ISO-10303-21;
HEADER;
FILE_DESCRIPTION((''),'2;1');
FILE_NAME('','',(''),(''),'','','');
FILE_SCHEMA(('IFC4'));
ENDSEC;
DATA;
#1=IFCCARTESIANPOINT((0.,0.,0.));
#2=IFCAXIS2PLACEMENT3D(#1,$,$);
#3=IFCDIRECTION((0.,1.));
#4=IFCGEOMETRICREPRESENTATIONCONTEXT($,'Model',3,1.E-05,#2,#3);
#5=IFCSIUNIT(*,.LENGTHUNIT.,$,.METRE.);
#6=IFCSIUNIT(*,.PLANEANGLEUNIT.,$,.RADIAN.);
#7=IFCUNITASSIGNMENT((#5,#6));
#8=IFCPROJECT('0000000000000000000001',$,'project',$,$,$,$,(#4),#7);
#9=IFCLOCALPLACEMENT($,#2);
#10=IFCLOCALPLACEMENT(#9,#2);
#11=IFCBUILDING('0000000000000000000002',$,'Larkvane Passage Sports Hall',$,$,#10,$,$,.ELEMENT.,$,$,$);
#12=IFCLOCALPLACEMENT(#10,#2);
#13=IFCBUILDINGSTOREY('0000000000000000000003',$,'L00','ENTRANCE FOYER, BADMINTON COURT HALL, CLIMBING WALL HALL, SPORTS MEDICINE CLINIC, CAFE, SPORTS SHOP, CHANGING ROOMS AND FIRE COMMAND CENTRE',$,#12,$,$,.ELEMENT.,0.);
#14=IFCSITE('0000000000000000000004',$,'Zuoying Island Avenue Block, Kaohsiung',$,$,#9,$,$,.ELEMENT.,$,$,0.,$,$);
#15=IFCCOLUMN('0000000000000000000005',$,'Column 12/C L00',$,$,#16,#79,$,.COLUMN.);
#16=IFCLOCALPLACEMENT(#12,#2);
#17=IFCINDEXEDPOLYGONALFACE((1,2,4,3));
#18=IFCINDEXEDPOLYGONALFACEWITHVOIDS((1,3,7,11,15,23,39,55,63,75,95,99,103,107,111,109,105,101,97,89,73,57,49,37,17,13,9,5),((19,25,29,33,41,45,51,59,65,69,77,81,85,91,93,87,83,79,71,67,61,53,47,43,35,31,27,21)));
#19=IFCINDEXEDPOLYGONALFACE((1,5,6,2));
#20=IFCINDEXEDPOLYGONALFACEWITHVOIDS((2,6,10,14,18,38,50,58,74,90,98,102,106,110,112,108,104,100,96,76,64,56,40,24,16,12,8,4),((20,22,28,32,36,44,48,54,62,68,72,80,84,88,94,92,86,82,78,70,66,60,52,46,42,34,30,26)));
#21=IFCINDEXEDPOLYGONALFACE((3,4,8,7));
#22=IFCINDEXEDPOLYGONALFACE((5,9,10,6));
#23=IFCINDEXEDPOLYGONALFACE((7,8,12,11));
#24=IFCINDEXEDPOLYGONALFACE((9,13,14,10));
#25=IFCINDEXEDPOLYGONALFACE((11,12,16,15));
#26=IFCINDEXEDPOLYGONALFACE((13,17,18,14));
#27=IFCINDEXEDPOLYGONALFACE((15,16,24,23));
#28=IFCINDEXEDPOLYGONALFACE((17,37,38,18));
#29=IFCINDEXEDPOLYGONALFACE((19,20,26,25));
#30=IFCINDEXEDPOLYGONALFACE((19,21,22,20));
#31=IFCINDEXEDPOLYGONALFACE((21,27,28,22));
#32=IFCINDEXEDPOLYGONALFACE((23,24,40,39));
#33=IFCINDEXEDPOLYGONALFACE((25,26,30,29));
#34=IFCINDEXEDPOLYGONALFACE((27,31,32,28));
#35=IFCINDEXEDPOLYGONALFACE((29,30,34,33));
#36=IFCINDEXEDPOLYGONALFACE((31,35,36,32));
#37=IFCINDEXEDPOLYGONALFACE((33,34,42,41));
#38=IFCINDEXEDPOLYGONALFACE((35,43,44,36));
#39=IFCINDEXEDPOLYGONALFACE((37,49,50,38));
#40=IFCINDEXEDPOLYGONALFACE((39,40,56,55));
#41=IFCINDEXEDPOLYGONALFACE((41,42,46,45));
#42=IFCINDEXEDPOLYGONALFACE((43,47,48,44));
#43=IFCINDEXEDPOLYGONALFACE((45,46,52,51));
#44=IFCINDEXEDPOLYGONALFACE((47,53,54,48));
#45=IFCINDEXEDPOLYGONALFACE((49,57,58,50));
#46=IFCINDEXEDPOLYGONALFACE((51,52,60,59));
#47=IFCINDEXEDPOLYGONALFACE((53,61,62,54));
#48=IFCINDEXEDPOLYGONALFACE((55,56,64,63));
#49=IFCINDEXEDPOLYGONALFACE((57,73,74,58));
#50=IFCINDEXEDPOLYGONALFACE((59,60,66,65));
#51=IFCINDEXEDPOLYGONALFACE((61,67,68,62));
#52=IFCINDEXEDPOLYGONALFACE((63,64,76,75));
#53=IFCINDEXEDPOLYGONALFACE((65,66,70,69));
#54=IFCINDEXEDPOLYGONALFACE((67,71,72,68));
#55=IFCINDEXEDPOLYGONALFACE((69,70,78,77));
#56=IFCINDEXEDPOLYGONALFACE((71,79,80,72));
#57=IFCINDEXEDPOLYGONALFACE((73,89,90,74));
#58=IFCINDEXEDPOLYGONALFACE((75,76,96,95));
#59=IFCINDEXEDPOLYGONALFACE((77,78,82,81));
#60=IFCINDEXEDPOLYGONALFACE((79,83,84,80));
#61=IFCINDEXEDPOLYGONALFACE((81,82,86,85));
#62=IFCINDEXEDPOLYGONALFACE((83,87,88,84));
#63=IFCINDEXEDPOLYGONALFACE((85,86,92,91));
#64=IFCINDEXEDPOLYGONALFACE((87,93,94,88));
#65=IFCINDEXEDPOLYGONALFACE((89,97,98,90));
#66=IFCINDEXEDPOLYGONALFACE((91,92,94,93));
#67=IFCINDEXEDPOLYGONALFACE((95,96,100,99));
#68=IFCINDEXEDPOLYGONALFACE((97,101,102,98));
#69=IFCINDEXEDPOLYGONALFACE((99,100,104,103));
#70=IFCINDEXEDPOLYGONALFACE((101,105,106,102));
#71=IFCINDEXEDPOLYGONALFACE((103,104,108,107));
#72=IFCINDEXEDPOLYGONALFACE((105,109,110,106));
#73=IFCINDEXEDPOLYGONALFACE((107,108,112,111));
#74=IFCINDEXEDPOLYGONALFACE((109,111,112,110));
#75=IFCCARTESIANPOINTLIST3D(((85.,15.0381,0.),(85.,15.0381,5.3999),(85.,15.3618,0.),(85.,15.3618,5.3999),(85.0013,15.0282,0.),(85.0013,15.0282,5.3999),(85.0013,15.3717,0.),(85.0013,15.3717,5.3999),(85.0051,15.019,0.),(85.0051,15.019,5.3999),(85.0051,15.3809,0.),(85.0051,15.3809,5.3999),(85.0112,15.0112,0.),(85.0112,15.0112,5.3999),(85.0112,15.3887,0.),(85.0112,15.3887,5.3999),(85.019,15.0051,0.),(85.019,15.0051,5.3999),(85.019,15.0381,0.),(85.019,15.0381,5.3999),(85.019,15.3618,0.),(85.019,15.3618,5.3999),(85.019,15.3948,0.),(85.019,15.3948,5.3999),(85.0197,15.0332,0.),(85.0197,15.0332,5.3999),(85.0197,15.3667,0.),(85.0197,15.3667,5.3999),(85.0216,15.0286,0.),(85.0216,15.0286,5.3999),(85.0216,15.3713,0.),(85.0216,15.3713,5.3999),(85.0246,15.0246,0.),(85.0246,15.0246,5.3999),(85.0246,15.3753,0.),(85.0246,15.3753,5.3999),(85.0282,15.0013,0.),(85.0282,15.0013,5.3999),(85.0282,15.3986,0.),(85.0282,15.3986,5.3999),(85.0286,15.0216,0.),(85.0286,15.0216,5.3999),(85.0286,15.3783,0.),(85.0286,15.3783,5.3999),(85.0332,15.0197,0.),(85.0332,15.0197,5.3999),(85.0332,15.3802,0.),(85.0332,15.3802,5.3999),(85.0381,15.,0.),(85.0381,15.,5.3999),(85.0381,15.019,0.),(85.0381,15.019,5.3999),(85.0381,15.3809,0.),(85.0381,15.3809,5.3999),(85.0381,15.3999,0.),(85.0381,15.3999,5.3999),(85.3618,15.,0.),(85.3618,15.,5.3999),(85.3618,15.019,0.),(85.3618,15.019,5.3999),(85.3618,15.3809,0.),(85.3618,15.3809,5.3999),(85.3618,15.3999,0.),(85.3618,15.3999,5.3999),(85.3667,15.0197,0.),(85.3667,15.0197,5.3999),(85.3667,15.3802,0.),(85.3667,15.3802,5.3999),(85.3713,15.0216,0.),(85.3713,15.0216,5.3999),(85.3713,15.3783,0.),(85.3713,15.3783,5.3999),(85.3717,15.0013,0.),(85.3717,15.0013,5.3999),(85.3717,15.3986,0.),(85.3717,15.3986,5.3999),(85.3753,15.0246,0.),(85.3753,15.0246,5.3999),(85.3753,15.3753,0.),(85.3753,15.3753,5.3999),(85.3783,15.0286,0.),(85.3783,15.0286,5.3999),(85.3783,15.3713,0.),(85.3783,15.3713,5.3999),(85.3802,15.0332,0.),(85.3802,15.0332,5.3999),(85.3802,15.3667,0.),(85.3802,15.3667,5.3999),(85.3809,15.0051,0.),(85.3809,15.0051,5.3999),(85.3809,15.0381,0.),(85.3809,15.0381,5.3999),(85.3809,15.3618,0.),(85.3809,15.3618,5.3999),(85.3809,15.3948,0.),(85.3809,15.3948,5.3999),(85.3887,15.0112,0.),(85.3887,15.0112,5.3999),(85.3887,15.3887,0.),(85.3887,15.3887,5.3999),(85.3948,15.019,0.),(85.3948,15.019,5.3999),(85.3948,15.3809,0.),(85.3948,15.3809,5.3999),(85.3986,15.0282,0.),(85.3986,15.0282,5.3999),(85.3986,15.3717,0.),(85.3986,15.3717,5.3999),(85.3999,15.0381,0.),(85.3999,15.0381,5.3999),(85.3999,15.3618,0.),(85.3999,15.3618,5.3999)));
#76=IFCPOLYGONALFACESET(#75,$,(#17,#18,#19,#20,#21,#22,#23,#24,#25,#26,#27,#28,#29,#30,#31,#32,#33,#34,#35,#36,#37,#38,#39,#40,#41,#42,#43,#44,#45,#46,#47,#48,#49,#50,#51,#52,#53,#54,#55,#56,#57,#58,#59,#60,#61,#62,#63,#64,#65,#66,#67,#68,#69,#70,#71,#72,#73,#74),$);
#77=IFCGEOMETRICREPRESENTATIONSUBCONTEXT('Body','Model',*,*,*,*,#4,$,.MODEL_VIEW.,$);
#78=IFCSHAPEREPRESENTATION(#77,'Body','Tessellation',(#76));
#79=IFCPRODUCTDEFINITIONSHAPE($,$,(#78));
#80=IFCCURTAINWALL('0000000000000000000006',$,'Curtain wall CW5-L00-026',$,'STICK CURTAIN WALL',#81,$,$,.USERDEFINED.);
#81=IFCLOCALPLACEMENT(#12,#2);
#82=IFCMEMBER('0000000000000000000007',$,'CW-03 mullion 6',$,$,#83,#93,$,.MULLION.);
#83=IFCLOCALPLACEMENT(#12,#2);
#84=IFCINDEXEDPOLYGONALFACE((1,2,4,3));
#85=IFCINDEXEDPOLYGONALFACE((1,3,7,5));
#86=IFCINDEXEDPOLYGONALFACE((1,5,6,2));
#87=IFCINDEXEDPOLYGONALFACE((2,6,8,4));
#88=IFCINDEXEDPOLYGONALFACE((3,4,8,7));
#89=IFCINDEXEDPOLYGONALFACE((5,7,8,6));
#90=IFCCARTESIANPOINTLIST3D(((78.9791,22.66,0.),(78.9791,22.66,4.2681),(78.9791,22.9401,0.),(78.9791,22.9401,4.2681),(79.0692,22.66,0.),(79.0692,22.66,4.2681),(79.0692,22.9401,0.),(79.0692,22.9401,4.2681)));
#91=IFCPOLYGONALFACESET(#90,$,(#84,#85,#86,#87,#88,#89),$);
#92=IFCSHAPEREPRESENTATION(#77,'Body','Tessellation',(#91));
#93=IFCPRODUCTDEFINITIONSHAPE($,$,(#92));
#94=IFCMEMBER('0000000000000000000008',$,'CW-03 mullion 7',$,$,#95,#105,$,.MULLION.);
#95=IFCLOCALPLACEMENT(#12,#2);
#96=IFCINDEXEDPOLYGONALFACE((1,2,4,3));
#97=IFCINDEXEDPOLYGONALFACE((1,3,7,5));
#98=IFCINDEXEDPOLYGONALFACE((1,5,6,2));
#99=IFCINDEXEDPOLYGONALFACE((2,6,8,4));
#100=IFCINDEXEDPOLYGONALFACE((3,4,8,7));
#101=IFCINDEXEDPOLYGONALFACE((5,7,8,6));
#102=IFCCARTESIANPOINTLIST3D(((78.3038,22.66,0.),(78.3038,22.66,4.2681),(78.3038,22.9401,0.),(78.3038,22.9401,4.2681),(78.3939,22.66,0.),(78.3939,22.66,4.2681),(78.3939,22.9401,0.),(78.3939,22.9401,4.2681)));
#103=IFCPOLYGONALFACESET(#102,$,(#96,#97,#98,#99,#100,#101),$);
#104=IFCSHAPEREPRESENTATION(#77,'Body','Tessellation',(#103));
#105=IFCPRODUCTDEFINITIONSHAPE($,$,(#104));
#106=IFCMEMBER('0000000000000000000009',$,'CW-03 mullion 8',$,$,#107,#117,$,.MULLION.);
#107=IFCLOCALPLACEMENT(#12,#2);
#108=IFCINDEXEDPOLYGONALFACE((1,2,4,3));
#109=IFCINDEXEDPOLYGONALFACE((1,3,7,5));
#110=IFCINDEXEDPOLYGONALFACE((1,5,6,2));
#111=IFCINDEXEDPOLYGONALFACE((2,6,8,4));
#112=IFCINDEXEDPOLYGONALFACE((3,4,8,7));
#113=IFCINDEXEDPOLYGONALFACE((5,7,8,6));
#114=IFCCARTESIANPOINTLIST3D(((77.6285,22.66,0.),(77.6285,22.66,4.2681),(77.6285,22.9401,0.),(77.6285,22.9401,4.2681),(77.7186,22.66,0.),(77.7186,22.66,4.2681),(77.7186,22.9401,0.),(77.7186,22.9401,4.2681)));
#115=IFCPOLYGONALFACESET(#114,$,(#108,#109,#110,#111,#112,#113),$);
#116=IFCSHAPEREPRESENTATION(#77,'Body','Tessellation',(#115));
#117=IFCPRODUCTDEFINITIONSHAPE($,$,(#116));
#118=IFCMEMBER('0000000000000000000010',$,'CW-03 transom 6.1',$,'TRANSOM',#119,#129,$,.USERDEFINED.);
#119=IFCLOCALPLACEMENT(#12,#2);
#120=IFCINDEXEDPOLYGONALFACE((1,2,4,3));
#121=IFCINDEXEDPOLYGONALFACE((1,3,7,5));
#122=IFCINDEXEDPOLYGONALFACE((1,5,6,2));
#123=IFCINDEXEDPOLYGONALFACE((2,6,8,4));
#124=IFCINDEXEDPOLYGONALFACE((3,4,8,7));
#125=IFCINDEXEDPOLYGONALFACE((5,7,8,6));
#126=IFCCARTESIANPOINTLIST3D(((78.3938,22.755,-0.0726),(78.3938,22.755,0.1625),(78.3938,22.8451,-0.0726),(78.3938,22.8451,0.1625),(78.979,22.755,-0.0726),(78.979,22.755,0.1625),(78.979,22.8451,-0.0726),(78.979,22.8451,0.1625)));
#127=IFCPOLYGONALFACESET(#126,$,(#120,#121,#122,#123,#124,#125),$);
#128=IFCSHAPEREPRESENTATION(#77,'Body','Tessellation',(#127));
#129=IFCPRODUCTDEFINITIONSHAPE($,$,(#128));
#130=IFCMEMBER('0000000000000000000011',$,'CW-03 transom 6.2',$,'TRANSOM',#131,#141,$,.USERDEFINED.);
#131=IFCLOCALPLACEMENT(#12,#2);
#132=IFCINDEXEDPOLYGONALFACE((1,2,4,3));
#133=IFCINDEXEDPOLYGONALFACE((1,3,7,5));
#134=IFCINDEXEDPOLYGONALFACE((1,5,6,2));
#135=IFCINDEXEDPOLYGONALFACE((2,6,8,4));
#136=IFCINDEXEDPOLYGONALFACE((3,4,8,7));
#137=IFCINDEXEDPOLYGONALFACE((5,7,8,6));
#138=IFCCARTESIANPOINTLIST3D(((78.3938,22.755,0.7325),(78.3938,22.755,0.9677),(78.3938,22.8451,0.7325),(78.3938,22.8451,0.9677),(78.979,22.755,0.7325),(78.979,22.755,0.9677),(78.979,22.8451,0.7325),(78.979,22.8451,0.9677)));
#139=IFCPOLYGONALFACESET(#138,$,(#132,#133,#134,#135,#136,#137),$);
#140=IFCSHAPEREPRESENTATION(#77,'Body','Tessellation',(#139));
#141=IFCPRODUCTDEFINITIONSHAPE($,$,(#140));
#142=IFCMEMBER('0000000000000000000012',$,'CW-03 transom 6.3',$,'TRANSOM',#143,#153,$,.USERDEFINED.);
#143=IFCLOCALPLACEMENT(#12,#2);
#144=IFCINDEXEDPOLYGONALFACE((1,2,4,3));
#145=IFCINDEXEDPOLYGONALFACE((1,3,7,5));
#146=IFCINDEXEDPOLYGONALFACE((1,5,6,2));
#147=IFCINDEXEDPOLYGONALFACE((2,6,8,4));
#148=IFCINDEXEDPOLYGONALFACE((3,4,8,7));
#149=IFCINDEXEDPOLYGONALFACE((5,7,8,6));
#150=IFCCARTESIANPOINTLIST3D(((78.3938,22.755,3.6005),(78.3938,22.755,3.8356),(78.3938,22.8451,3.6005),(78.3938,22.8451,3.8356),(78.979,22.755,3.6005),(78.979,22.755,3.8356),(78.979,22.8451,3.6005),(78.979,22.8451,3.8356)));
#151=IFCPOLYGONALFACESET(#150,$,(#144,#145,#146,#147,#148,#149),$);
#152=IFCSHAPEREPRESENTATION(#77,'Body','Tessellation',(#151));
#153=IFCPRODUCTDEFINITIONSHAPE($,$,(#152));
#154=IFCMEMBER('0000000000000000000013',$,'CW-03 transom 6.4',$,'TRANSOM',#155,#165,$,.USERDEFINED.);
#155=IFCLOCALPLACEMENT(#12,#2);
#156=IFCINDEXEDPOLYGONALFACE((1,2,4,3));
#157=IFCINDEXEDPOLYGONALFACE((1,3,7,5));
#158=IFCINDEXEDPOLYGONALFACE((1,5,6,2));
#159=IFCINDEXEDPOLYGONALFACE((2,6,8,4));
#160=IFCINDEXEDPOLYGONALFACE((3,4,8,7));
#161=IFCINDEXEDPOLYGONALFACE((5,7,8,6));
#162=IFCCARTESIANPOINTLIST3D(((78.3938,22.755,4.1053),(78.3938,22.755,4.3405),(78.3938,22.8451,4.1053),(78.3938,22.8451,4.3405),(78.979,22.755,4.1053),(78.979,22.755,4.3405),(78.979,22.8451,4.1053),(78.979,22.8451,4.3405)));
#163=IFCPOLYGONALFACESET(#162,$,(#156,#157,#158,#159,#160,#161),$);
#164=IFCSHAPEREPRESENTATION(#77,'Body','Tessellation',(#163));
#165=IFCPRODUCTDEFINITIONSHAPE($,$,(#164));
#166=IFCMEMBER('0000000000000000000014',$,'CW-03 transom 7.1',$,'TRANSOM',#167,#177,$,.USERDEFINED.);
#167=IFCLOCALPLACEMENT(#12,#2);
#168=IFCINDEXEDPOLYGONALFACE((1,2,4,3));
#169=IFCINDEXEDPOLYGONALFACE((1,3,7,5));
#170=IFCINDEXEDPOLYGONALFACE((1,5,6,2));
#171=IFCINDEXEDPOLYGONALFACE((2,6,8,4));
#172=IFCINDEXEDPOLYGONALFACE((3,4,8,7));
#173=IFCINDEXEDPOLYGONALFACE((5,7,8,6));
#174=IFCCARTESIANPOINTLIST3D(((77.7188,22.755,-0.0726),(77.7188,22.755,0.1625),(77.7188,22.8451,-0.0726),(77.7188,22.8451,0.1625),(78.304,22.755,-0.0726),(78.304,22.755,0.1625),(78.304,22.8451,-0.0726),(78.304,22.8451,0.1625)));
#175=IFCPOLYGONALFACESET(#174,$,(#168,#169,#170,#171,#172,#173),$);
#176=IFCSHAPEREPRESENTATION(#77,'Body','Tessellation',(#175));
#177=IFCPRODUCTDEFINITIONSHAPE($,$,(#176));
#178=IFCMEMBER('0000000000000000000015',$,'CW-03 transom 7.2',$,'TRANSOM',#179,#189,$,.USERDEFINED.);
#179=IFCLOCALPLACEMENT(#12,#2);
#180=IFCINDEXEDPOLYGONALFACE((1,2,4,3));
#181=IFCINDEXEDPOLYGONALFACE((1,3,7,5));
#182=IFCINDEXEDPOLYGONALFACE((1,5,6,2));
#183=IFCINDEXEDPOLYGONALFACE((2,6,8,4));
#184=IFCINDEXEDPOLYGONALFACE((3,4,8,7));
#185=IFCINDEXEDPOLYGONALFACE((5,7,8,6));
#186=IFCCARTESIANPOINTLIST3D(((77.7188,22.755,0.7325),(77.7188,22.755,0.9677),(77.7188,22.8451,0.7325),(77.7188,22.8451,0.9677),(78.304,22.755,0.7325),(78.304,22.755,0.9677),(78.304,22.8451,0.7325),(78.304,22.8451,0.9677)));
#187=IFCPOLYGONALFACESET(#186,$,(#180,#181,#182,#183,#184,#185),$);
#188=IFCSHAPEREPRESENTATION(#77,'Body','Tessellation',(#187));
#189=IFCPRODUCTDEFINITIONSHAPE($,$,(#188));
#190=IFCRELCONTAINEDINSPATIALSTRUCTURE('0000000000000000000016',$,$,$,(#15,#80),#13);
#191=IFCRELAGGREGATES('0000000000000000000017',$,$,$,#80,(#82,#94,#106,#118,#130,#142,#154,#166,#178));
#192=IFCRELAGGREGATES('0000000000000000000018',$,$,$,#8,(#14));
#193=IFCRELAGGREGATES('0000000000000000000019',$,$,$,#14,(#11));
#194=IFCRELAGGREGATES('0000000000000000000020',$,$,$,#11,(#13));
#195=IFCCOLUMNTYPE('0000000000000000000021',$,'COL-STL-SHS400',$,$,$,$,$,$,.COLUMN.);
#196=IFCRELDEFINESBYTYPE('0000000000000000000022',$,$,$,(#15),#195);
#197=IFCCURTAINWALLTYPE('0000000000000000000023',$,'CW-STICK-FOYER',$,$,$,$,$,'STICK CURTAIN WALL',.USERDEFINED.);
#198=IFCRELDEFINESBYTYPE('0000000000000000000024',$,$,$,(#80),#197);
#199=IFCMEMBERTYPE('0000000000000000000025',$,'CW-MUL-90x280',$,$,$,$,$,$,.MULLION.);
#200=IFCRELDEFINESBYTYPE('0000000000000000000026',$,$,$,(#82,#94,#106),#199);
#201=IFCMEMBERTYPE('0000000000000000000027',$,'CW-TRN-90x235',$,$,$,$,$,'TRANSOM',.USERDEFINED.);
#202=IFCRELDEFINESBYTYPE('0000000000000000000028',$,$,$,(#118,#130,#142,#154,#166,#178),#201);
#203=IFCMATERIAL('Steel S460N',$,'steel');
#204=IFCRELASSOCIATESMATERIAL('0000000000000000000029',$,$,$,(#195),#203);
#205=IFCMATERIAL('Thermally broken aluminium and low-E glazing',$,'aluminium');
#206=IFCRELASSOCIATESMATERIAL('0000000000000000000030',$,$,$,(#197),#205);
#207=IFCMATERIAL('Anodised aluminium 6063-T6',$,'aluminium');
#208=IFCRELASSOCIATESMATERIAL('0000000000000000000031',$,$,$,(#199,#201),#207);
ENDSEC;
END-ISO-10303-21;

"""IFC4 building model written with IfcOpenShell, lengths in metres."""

from ifc_helpers import new_model, si_unit, direction, frame, origin, origin_2d, place, context, subcontext, project, spatial, rectangle, hollow_rectangle, extrude, material, material_profile, profile_set, type_object, element, aggregate, save


model = new_model("IFC4")

# Units and contexts
model_context = context("Model", 3, precision=1e-05, world=origin(), true_north=direction((0.0, 1.0)))
body_context = subcontext(model_context, "Body", "Model", "MODEL_VIEW")
ifc_project = project(units=[si_unit("LENGTHUNIT", "METRE"), si_unit("PLANEANGLEUNIT", "RADIAN")], contexts=[model_context])

# Site, building, storey
site_placement = place(None, origin())
site = spatial("IfcSite", under=ifc_project, at=site_placement, Name="Zuoying Island Avenue Block, Kaohsiung", CompositionType="ELEMENT", RefElevation=0.0)
building_placement = place(site_placement, origin())
building = spatial("IfcBuilding", under=site, at=building_placement, Name="Larkvane Passage Sports Hall", CompositionType="ELEMENT")
storey_placement = place(building_placement, origin())
storey = spatial("IfcBuildingStorey", under=building, at=storey_placement, Name="L00", Description="ENTRANCE FOYER, BADMINTON COURT HALL, CLIMBING WALL HALL, SPORTS MEDICINE CLINIC, CAFE, SPORTS SHOP, CHANGING ROOMS AND FIRE COMMAND CENTRE", CompositionType="ELEMENT", Elevation=0.0)

# Column
ifc_material_1 = material(Name="Steel S460N", Category="steel")
ifc_material_profile_1 = material_profile(ifc_material_1, hollow_rectangle(XDim=0.3999, YDim=0.3999, WallThickness=0.019, InnerFilletRadius=0.019, OuterFilletRadius=0.0381, at=origin_2d()), Name="SHS-400x400x19")
ifc_profile_set_1 = profile_set([ifc_material_profile_1], Name="Steel S460N")
column_type = type_object("IfcColumnType", Name="COL-STL-SHS400", PredefinedType="COLUMN", material=ifc_profile_set_1)
column_placement = place(storey_placement, frame((85.2, 15.2, 0.0), z_axis=(0.0, 0.0, 1.0), x_axis=(1.0, 0.0, 0.0)))
element("IfcColumn", 1, at=column_placement, inside=storey, type_object=column_type, Name="Column 12/C L00", PredefinedType="COLUMN", context=body_context, shape_type="SweptSolid", body=[
    extrude(hollow_rectangle(XDim=0.3999, YDim=0.3999, WallThickness=0.019, InnerFilletRadius=0.019, OuterFilletRadius=0.0381, at=origin_2d()), origin(), (0.0, 0.0, 1.0), 5.3999),
])

# Curtain wall, members
ifc_material_2 = material(Name="Thermally broken aluminium and low-E glazing", Category="aluminium")
curtain_wall_type = type_object("IfcCurtainWallType", Name="CW-STICK-FOYER", ElementType="STICK CURTAIN WALL", PredefinedType="USERDEFINED", material=ifc_material_2)
curtain_wall_placement = place(storey_placement, origin())
curtain_wall = element("IfcCurtainWall", 2, at=curtain_wall_placement, inside=storey, type_object=curtain_wall_type, Name="Curtain wall CW5-L00-026", ObjectType="STICK CURTAIN WALL", PredefinedType="USERDEFINED")
ifc_material_3 = material(Name="Anodised aluminium 6063-T6", Category="aluminium")
ifc_material_profile_2 = material_profile(ifc_material_3, rectangle(XDim=0.0901, YDim=0.28, at=origin_2d()), Name="ALU-MUL-90x280")
ifc_profile_set_2 = profile_set([ifc_material_profile_2], Name="Anodised aluminium 6063-T6")
member_type_1 = type_object("IfcMemberType", Name="CW-MUL-90x280", PredefinedType="MULLION", material=ifc_profile_set_2)
member_1_placement = place(storey_placement, frame((79.0242, 22.8, 0.0), z_axis=(0.0, 0.0, 1.0), x_axis=(-1.0, 0.0, 0.0)))
member_1 = element("IfcMember", 3, at=member_1_placement, type_object=member_type_1, Name="CW-03 mullion 6", PredefinedType="MULLION", context=body_context, shape_type="SweptSolid", body=[
    extrude(rectangle(XDim=0.0901, YDim=0.28, at=origin_2d()), origin(), (0.0, 0.0, 1.0), 4.2681),
])
member_2_placement = place(storey_placement, frame((78.3489, 22.8, 0.0), z_axis=(0.0, 0.0, 1.0), x_axis=(-1.0, 0.0, 0.0)))
member_2 = element("IfcMember", 4, at=member_2_placement, type_object=member_type_1, Name="CW-03 mullion 7", PredefinedType="MULLION", context=body_context, shape_type="SweptSolid", body=[
    extrude(rectangle(XDim=0.0901, YDim=0.28, at=origin_2d()), origin(), (0.0, 0.0, 1.0), 4.2681),
])
member_3_placement = place(storey_placement, frame((77.6736, 22.8, 0.0), z_axis=(0.0, 0.0, 1.0), x_axis=(-1.0, 0.0, 0.0)))
member_3 = element("IfcMember", 5, at=member_3_placement, type_object=member_type_1, Name="CW-03 mullion 8", PredefinedType="MULLION", context=body_context, shape_type="SweptSolid", body=[
    extrude(rectangle(XDim=0.0901, YDim=0.28, at=origin_2d()), origin(), (0.0, 0.0, 1.0), 4.2681),
])
ifc_material_profile_3 = material_profile(ifc_material_3, rectangle(XDim=0.0901, YDim=0.2351, at=origin_2d()), Name="ALU-TRN-90x235")
ifc_profile_set_3 = profile_set([ifc_material_profile_3], Name="Anodised aluminium 6063-T6")
member_type_2 = type_object("IfcMemberType", Name="CW-TRN-90x235", ElementType="TRANSOM", PredefinedType="USERDEFINED", material=ifc_profile_set_3)
member_4_placement = place(storey_placement, frame((78.979, 22.8, 0.0449), z_axis=(-1.0, 0.0, 0.0), x_axis=(0.0, -1.0, 0.0)))
member_4 = element("IfcMember", 6, at=member_4_placement, type_object=member_type_2, Name="CW-03 transom 6.1", ObjectType="TRANSOM", PredefinedType="USERDEFINED", context=body_context, shape_type="SweptSolid", body=[
    extrude(rectangle(XDim=0.0901, YDim=0.2351, at=origin_2d()), origin(), (0.0, 0.0, 1.0), 0.5852),
])
member_5_placement = place(storey_placement, frame((78.979, 22.8, 0.8501), z_axis=(-1.0, 0.0, 0.0), x_axis=(0.0, -1.0, 0.0)))
member_5 = element("IfcMember", 7, at=member_5_placement, type_object=member_type_2, Name="CW-03 transom 6.2", ObjectType="TRANSOM", PredefinedType="USERDEFINED", context=body_context, shape_type="SweptSolid", body=[
    extrude(rectangle(XDim=0.0901, YDim=0.2351, at=origin_2d()), origin(), (0.0, 0.0, 1.0), 0.5852),
])
member_6_placement = place(storey_placement, frame((78.979, 22.8, 3.718), z_axis=(-1.0, 0.0, 0.0), x_axis=(0.0, -1.0, 0.0)))
member_6 = element("IfcMember", 8, at=member_6_placement, type_object=member_type_2, Name="CW-03 transom 6.3", ObjectType="TRANSOM", PredefinedType="USERDEFINED", context=body_context, shape_type="SweptSolid", body=[
    extrude(rectangle(XDim=0.0901, YDim=0.2351, at=origin_2d()), origin(), (0.0, 0.0, 1.0), 0.5852),
])
member_7_placement = place(storey_placement, frame((78.979, 22.8, 4.2229), z_axis=(-1.0, 0.0, 0.0), x_axis=(0.0, -1.0, 0.0)))
member_7 = element("IfcMember", 9, at=member_7_placement, type_object=member_type_2, Name="CW-03 transom 6.4", ObjectType="TRANSOM", PredefinedType="USERDEFINED", context=body_context, shape_type="SweptSolid", body=[
    extrude(rectangle(XDim=0.0901, YDim=0.2351, at=origin_2d()), origin(), (0.0, 0.0, 1.0), 0.5852),
])
member_8_placement = place(storey_placement, frame((78.304, 22.8, 0.0449), z_axis=(-1.0, 0.0, 0.0), x_axis=(0.0, -1.0, 0.0)))
member_8 = element("IfcMember", 10, at=member_8_placement, type_object=member_type_2, Name="CW-03 transom 7.1", ObjectType="TRANSOM", PredefinedType="USERDEFINED", context=body_context, shape_type="SweptSolid", body=[
    extrude(rectangle(XDim=0.0901, YDim=0.2351, at=origin_2d()), origin(), (0.0, 0.0, 1.0), 0.5852),
])
member_9_placement = place(storey_placement, frame((78.304, 22.8, 0.8501), z_axis=(-1.0, 0.0, 0.0), x_axis=(0.0, -1.0, 0.0)))
member_9 = element("IfcMember", 11, at=member_9_placement, type_object=member_type_2, Name="CW-03 transom 7.2", ObjectType="TRANSOM", PredefinedType="USERDEFINED", context=body_context, shape_type="SweptSolid", body=[
    extrude(rectangle(XDim=0.0901, YDim=0.2351, at=origin_2d()), origin(), (0.0, 0.0, 1.0), 0.5852),
])
aggregate(curtain_wall, [member_1, member_2, member_3, member_4, member_5, member_6, member_7, member_8, member_9])

save(model, "model.ifc")
